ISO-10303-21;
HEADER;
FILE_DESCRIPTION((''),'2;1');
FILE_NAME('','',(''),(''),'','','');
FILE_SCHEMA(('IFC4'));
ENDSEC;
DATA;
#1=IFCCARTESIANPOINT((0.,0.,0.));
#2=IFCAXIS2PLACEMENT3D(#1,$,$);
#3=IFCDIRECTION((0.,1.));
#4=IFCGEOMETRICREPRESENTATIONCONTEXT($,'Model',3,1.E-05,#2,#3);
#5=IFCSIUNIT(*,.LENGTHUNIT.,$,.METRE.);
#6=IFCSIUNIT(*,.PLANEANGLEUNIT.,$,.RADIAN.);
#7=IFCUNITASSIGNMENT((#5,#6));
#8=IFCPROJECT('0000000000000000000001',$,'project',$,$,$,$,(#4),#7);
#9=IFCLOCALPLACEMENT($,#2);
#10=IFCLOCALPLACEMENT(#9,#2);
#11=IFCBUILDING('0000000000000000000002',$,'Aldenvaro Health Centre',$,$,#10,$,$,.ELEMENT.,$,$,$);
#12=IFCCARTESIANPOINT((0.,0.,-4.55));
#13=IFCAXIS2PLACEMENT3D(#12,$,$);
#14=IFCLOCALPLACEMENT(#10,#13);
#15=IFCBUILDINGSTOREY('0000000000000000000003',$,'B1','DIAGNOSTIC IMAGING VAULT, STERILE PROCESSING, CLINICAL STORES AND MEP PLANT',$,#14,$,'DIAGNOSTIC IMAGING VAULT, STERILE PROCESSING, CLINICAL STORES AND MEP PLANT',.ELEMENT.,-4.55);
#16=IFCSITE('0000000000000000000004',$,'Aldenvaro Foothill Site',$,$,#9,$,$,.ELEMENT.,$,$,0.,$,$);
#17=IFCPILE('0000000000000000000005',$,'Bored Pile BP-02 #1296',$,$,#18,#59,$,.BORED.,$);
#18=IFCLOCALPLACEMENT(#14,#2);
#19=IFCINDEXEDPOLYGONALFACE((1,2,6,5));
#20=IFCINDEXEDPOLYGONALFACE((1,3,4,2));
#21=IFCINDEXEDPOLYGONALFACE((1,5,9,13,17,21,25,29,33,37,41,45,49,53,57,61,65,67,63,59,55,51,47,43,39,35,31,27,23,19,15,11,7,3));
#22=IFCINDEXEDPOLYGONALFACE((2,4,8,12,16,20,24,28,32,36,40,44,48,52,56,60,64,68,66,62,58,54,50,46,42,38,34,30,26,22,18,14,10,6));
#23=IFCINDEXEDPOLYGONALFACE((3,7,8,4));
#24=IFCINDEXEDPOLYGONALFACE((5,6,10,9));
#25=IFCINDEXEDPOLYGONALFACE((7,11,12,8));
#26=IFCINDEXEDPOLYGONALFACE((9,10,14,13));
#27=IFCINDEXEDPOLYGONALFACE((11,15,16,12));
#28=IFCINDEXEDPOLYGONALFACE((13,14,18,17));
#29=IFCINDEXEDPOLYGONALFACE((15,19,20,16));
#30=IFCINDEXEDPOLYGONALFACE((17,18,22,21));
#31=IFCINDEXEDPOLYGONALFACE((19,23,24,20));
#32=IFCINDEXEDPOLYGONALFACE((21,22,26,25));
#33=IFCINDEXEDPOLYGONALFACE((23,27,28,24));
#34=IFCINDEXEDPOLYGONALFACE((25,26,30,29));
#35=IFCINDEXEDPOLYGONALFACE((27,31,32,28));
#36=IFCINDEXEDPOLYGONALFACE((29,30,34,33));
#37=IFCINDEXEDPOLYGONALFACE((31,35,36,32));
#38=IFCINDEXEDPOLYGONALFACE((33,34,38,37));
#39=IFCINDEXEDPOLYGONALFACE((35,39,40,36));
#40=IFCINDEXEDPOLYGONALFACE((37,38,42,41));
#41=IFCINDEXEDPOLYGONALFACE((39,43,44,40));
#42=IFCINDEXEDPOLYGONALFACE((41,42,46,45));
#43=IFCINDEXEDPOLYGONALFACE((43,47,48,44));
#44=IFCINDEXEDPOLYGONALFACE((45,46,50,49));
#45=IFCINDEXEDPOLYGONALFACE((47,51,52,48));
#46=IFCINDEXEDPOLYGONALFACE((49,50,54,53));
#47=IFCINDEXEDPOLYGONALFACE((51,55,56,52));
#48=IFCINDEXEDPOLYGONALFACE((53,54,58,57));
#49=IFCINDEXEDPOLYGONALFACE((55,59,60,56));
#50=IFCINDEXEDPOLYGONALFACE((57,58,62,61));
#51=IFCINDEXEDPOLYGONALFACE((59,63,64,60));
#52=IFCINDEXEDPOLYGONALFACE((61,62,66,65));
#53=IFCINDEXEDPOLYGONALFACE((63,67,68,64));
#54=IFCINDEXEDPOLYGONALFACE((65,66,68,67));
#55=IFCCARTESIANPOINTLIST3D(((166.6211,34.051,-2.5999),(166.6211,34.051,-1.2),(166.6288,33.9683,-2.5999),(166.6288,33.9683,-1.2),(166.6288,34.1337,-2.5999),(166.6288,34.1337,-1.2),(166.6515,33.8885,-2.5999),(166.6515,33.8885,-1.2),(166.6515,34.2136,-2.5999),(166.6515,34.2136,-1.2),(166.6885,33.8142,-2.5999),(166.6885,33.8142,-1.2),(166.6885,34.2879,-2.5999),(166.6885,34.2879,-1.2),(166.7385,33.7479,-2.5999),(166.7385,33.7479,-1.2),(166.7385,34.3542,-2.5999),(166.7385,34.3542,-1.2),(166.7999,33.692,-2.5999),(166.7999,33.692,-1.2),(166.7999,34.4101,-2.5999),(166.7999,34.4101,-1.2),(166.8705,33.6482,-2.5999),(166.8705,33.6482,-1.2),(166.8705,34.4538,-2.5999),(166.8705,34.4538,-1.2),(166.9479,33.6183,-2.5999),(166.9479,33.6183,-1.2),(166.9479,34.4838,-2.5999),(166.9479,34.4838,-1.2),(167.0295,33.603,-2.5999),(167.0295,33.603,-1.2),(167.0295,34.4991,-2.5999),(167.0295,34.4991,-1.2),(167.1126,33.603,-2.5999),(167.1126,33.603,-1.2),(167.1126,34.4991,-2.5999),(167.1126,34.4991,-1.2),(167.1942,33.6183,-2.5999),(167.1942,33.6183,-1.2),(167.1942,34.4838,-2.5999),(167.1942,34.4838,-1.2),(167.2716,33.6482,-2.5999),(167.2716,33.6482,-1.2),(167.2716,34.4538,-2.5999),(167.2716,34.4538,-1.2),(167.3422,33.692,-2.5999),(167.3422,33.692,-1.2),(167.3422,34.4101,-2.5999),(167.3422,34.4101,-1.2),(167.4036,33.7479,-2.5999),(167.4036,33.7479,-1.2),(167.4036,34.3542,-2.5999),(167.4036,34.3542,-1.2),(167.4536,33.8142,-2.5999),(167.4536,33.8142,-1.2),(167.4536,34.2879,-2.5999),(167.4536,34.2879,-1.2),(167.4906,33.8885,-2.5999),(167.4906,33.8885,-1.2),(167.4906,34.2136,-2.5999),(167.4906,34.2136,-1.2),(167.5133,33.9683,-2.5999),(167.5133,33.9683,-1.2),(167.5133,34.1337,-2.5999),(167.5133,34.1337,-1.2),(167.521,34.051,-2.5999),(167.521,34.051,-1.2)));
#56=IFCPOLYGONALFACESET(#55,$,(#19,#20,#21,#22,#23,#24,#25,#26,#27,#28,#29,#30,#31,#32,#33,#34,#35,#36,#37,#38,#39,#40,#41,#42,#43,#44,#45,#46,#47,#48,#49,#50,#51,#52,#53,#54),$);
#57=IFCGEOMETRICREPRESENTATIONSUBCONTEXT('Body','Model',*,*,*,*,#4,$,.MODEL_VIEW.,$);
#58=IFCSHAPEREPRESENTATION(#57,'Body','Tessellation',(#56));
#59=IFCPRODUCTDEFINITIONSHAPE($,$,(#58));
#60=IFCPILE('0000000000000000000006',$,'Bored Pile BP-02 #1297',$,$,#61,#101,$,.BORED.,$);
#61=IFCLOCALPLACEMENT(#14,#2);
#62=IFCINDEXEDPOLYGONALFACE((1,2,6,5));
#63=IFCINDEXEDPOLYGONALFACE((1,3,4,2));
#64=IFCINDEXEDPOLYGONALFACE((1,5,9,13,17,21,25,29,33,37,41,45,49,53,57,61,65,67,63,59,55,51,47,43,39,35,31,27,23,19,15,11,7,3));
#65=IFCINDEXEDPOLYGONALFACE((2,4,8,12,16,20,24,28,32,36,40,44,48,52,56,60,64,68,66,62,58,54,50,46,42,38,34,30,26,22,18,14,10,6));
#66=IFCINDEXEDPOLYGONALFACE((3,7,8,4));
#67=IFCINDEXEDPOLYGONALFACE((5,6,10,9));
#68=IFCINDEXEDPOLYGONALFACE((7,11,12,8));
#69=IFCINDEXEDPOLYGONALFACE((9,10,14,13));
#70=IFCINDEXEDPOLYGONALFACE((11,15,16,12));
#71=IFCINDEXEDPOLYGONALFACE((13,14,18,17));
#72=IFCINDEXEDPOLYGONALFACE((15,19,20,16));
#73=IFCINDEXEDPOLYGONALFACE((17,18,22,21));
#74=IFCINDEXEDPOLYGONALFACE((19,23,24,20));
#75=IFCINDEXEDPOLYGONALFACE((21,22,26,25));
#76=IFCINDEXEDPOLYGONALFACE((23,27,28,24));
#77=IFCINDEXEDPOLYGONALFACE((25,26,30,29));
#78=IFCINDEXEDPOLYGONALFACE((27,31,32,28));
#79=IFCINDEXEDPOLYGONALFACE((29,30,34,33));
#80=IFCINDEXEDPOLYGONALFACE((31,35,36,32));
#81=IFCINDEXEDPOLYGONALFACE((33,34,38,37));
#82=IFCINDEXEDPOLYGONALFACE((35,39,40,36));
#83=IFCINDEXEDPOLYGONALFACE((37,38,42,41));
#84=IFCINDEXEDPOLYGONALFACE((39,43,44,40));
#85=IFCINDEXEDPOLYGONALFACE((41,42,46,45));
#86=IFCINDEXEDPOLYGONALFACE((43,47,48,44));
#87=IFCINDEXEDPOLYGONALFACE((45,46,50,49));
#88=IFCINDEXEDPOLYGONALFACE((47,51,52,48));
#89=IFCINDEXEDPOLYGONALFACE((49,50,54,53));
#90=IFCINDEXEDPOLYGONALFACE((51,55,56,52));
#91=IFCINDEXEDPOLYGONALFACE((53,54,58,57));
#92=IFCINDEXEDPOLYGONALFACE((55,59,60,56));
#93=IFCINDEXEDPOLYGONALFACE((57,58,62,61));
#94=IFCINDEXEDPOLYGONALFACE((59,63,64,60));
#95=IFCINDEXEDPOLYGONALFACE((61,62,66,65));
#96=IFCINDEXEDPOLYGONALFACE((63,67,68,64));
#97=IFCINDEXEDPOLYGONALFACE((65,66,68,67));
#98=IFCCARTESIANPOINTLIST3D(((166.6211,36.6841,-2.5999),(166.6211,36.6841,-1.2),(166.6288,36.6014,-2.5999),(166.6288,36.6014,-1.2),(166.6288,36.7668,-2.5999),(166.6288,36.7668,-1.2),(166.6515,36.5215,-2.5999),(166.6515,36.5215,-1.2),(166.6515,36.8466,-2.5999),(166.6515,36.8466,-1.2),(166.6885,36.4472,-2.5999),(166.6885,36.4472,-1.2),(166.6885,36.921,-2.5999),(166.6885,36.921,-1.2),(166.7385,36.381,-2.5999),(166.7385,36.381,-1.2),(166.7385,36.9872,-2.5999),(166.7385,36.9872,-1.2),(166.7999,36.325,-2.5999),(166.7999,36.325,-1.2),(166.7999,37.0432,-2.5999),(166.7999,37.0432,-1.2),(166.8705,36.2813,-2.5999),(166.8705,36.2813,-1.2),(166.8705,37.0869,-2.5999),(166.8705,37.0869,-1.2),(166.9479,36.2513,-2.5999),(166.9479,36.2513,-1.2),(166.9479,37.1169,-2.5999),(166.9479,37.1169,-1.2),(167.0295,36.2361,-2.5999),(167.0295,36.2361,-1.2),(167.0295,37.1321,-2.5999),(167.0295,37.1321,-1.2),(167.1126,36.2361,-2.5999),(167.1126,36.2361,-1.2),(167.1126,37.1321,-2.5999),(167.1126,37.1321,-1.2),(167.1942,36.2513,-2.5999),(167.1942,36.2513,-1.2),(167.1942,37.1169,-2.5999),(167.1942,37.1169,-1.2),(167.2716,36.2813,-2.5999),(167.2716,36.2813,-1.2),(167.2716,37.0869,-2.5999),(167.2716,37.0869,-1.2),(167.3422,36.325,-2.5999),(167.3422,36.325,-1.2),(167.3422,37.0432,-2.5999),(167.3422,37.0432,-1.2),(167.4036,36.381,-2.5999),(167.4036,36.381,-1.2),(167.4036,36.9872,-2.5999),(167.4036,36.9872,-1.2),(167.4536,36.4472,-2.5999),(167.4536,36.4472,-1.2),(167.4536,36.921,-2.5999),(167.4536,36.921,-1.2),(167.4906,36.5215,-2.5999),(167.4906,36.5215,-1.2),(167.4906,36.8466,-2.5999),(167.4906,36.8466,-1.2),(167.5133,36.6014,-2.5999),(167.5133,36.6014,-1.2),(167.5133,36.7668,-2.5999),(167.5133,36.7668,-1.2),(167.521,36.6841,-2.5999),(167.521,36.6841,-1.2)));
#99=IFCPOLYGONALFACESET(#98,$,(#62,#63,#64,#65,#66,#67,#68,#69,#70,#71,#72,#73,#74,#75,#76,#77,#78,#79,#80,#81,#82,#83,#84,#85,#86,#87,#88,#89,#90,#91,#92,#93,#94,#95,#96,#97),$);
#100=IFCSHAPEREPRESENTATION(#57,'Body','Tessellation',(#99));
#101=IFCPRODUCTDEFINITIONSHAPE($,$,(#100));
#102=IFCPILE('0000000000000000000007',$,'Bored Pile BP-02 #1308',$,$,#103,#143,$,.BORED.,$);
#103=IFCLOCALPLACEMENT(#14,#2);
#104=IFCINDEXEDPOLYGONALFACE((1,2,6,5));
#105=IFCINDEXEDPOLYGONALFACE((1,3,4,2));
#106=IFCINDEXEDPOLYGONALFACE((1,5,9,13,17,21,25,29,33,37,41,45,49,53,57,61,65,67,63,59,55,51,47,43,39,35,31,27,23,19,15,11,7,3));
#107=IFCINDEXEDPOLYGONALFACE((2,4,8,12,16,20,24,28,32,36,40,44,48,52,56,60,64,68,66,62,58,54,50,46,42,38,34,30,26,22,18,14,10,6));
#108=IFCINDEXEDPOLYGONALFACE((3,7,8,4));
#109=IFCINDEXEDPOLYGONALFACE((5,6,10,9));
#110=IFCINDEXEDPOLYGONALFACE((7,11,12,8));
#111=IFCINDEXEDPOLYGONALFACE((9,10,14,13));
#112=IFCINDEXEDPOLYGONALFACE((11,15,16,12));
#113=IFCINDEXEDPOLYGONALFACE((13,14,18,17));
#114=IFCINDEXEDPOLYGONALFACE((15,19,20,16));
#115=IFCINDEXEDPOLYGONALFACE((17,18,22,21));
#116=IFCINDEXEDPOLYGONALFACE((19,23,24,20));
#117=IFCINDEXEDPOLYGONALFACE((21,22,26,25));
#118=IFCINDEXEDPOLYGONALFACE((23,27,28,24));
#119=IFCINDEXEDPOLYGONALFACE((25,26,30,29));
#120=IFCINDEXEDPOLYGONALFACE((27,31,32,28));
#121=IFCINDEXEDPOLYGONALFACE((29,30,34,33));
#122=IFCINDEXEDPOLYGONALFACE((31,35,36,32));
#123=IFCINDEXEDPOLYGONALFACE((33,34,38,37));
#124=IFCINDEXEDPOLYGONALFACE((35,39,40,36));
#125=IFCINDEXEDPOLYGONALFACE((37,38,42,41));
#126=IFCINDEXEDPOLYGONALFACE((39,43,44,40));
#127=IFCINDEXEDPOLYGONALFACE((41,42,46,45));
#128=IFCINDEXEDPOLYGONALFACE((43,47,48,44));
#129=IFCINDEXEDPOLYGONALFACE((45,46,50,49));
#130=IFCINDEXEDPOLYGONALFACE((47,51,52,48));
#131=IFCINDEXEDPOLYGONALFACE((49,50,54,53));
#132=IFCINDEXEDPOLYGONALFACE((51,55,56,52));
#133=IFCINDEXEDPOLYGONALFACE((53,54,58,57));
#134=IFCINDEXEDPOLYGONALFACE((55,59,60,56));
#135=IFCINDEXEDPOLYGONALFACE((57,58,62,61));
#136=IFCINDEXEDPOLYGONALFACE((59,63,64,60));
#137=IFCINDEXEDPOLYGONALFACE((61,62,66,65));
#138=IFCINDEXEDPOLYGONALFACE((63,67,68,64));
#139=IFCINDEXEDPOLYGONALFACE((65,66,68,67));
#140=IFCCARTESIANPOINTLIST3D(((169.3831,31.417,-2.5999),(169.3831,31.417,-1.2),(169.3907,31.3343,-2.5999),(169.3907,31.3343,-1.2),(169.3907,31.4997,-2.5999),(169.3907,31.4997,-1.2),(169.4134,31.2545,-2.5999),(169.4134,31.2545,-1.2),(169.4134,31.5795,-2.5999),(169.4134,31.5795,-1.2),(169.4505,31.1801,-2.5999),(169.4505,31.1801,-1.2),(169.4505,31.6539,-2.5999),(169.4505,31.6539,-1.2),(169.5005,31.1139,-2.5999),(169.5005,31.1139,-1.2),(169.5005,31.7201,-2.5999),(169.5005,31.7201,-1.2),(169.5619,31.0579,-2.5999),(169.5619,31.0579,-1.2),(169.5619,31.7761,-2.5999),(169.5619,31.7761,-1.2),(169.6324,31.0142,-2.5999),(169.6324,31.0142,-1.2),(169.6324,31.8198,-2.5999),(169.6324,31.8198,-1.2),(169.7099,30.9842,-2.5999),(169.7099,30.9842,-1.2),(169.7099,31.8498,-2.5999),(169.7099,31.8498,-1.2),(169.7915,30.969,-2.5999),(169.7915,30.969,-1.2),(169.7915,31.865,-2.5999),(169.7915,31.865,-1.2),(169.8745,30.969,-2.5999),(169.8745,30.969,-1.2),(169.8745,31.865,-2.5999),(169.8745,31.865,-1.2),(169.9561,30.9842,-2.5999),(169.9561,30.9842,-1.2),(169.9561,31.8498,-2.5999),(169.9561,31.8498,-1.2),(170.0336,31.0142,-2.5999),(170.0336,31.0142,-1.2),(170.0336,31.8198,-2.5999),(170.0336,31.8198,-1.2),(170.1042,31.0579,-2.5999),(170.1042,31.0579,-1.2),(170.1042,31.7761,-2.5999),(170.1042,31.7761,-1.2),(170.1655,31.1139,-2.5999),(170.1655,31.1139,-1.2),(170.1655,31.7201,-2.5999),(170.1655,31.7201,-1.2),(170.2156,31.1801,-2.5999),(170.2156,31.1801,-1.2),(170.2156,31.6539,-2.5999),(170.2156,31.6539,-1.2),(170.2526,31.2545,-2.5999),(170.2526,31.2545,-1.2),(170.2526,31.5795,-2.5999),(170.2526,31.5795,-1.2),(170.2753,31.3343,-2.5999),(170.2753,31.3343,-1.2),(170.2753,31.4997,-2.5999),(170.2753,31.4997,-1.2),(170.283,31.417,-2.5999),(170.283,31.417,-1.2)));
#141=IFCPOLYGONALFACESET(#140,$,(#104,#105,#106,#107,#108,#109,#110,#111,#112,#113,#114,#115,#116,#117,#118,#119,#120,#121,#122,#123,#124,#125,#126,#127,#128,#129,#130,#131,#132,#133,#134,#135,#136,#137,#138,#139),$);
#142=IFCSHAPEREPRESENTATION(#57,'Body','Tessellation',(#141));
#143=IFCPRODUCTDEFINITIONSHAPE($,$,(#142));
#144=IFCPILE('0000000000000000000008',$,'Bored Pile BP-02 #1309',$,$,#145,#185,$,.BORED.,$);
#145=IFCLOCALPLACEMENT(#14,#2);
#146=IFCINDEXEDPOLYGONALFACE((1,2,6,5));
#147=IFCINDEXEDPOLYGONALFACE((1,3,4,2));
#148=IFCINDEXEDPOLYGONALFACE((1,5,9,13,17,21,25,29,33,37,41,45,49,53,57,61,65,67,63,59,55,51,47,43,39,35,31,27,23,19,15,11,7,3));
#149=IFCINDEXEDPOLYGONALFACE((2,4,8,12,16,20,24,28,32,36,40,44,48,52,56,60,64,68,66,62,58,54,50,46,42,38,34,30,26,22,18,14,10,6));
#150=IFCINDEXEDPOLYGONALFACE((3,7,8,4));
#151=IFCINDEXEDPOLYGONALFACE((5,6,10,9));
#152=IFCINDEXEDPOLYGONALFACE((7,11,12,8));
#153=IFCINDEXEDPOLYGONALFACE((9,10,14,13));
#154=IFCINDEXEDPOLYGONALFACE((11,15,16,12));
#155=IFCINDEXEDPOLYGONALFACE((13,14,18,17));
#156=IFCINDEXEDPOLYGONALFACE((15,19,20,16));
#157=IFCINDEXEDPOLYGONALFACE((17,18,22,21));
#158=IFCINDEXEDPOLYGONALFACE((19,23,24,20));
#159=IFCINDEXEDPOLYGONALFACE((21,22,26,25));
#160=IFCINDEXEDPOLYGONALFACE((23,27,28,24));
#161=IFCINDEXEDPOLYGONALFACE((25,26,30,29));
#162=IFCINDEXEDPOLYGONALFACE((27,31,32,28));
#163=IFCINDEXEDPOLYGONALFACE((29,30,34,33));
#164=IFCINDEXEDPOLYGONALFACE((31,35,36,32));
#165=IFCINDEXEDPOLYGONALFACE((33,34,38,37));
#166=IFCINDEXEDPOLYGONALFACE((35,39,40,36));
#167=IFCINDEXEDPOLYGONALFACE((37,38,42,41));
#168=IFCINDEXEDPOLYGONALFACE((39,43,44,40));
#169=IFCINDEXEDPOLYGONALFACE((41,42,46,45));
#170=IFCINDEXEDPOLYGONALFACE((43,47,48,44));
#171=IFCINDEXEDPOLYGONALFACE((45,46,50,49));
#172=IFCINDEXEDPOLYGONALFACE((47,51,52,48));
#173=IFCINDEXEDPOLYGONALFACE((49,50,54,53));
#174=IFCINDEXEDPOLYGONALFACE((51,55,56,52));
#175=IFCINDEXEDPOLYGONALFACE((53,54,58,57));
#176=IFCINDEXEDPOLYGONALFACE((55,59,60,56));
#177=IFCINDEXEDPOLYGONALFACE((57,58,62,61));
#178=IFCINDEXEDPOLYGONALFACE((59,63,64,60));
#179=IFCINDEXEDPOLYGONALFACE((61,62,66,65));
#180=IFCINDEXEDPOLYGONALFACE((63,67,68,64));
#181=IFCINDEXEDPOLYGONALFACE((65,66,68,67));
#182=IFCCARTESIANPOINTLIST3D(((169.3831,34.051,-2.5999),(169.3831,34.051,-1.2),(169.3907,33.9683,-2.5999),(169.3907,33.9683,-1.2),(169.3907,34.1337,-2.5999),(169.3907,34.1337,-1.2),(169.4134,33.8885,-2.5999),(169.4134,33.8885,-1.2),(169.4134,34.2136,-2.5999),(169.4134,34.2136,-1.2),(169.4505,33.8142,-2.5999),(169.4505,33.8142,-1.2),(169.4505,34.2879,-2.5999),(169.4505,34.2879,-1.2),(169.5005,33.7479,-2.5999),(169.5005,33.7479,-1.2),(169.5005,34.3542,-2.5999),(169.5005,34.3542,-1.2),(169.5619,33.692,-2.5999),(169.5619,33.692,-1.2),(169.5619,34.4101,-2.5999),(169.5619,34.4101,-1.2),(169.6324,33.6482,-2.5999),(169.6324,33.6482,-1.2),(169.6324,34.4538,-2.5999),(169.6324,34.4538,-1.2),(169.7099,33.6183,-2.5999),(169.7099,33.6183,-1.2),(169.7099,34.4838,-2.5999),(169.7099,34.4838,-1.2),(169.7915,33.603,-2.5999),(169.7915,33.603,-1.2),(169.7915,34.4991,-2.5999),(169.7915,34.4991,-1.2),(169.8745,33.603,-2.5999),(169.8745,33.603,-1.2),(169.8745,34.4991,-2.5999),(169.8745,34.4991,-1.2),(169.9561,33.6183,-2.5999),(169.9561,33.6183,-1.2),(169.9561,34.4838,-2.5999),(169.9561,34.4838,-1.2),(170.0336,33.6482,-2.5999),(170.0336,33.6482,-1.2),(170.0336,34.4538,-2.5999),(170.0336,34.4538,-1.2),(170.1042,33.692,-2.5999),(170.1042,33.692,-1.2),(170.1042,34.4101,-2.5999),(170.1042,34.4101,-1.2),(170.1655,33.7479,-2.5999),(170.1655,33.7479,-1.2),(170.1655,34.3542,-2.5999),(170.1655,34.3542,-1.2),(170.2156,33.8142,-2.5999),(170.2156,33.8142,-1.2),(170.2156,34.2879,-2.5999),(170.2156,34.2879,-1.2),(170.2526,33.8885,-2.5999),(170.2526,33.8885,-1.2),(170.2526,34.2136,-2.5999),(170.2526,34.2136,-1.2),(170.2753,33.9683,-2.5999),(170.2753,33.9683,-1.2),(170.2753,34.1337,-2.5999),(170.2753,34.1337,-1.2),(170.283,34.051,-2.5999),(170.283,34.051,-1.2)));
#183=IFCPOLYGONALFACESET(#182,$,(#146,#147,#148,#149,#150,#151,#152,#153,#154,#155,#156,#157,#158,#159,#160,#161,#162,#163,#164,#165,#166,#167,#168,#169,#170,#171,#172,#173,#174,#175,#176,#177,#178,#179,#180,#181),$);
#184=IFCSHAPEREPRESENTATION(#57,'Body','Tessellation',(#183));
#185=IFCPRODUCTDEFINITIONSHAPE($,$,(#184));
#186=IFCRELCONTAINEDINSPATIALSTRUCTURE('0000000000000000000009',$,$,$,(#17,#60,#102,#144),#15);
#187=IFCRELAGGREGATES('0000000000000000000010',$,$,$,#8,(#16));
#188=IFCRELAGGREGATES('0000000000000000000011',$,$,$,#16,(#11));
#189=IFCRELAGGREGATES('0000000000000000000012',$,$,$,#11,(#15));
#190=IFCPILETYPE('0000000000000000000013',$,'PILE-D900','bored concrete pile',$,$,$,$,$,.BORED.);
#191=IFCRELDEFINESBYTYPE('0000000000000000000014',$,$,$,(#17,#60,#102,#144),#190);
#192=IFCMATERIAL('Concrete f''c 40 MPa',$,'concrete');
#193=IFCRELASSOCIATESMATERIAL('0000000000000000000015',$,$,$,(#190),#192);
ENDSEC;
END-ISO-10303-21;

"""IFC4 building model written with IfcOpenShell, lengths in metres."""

from ifc_helpers import new_model, si_unit, direction, frame, origin, origin_2d, place, context, subcontext, project, spatial, circle, extrude, material, material_profile, profile_set, type_object, element, save


model = new_model("IFC4")

# Units and contexts
model_context = context("Model", 3, precision=1e-05, world=origin(), true_north=direction((0.0, 1.0)))
body_context = subcontext(model_context, "Body", "Model", "MODEL_VIEW")
ifc_project = project(units=[si_unit("LENGTHUNIT", "METRE"), si_unit("PLANEANGLEUNIT", "RADIAN")], contexts=[model_context])

# Site, building, storey
site_placement = place(None, origin())
site = spatial("IfcSite", under=ifc_project, at=site_placement, Name="Aldenvaro Foothill Site", CompositionType="ELEMENT", RefElevation=0.0)
building_placement = place(site_placement, origin())
building = spatial("IfcBuilding", under=site, at=building_placement, Name="Aldenvaro Health Centre", CompositionType="ELEMENT")
storey_placement = place(building_placement, frame((0.0, 0.0, -4.55)))
storey = spatial("IfcBuildingStorey", under=building, at=storey_placement, Name="B1", Description="DIAGNOSTIC IMAGING VAULT, STERILE PROCESSING, CLINICAL STORES AND MEP PLANT", LongName="DIAGNOSTIC IMAGING VAULT, STERILE PROCESSING, CLINICAL STORES AND MEP PLANT", CompositionType="ELEMENT", Elevation=-4.55)

# Shared definitions
ifc_material = material(Name="Concrete f'c 40 MPa", Category="concrete")

# Piles
ifc_material_profile_1 = material_profile(ifc_material, circle(Radius=0.45, at=origin_2d()), Name="PILE D900", Category="concrete")
ifc_profile_set_1 = profile_set([ifc_material_profile_1], Name="Concrete f'c 40 MPa")
pile_type_1 = type_object("IfcPileType", Name="PILE-D900", Description="bored concrete pile", PredefinedType="BORED", material=ifc_profile_set_1)
for number, where, z_axis, x_axis, name in (
    (1, (167.071, 34.051, -1.2), (0.0, 0.0, -1.0), (1.0, 0.0, 0.0), "Bored Pile BP-02 #1296"),
    (2, (167.071, 36.6841, -1.2), (0.0, 0.0, -1.0), (1.0, 0.0, 0.0), "Bored Pile BP-02 #1297"),
    (3, (169.833, 31.417, -1.2), (0.0, 0.0, -1.0), (1.0, 0.0, 0.0), "Bored Pile BP-02 #1308"),
    (4, (169.833, 34.051, -1.2), (0.0, 0.0, -1.0), (1.0, 0.0, 0.0), "Bored Pile BP-02 #1309"),
):
    element("IfcPile", number, at=place(storey_placement, frame(where, z_axis=z_axis, x_axis=x_axis)), inside=storey, type_object=pile_type_1, Name=name, PredefinedType="BORED", context=body_context, shape_type="SweptSolid", body=[
        extrude(circle(Radius=0.45, at=origin_2d()), origin(), (0.0, 0.0, 1.0), 1.3999),
    ])

save(model, "model.ifc")
